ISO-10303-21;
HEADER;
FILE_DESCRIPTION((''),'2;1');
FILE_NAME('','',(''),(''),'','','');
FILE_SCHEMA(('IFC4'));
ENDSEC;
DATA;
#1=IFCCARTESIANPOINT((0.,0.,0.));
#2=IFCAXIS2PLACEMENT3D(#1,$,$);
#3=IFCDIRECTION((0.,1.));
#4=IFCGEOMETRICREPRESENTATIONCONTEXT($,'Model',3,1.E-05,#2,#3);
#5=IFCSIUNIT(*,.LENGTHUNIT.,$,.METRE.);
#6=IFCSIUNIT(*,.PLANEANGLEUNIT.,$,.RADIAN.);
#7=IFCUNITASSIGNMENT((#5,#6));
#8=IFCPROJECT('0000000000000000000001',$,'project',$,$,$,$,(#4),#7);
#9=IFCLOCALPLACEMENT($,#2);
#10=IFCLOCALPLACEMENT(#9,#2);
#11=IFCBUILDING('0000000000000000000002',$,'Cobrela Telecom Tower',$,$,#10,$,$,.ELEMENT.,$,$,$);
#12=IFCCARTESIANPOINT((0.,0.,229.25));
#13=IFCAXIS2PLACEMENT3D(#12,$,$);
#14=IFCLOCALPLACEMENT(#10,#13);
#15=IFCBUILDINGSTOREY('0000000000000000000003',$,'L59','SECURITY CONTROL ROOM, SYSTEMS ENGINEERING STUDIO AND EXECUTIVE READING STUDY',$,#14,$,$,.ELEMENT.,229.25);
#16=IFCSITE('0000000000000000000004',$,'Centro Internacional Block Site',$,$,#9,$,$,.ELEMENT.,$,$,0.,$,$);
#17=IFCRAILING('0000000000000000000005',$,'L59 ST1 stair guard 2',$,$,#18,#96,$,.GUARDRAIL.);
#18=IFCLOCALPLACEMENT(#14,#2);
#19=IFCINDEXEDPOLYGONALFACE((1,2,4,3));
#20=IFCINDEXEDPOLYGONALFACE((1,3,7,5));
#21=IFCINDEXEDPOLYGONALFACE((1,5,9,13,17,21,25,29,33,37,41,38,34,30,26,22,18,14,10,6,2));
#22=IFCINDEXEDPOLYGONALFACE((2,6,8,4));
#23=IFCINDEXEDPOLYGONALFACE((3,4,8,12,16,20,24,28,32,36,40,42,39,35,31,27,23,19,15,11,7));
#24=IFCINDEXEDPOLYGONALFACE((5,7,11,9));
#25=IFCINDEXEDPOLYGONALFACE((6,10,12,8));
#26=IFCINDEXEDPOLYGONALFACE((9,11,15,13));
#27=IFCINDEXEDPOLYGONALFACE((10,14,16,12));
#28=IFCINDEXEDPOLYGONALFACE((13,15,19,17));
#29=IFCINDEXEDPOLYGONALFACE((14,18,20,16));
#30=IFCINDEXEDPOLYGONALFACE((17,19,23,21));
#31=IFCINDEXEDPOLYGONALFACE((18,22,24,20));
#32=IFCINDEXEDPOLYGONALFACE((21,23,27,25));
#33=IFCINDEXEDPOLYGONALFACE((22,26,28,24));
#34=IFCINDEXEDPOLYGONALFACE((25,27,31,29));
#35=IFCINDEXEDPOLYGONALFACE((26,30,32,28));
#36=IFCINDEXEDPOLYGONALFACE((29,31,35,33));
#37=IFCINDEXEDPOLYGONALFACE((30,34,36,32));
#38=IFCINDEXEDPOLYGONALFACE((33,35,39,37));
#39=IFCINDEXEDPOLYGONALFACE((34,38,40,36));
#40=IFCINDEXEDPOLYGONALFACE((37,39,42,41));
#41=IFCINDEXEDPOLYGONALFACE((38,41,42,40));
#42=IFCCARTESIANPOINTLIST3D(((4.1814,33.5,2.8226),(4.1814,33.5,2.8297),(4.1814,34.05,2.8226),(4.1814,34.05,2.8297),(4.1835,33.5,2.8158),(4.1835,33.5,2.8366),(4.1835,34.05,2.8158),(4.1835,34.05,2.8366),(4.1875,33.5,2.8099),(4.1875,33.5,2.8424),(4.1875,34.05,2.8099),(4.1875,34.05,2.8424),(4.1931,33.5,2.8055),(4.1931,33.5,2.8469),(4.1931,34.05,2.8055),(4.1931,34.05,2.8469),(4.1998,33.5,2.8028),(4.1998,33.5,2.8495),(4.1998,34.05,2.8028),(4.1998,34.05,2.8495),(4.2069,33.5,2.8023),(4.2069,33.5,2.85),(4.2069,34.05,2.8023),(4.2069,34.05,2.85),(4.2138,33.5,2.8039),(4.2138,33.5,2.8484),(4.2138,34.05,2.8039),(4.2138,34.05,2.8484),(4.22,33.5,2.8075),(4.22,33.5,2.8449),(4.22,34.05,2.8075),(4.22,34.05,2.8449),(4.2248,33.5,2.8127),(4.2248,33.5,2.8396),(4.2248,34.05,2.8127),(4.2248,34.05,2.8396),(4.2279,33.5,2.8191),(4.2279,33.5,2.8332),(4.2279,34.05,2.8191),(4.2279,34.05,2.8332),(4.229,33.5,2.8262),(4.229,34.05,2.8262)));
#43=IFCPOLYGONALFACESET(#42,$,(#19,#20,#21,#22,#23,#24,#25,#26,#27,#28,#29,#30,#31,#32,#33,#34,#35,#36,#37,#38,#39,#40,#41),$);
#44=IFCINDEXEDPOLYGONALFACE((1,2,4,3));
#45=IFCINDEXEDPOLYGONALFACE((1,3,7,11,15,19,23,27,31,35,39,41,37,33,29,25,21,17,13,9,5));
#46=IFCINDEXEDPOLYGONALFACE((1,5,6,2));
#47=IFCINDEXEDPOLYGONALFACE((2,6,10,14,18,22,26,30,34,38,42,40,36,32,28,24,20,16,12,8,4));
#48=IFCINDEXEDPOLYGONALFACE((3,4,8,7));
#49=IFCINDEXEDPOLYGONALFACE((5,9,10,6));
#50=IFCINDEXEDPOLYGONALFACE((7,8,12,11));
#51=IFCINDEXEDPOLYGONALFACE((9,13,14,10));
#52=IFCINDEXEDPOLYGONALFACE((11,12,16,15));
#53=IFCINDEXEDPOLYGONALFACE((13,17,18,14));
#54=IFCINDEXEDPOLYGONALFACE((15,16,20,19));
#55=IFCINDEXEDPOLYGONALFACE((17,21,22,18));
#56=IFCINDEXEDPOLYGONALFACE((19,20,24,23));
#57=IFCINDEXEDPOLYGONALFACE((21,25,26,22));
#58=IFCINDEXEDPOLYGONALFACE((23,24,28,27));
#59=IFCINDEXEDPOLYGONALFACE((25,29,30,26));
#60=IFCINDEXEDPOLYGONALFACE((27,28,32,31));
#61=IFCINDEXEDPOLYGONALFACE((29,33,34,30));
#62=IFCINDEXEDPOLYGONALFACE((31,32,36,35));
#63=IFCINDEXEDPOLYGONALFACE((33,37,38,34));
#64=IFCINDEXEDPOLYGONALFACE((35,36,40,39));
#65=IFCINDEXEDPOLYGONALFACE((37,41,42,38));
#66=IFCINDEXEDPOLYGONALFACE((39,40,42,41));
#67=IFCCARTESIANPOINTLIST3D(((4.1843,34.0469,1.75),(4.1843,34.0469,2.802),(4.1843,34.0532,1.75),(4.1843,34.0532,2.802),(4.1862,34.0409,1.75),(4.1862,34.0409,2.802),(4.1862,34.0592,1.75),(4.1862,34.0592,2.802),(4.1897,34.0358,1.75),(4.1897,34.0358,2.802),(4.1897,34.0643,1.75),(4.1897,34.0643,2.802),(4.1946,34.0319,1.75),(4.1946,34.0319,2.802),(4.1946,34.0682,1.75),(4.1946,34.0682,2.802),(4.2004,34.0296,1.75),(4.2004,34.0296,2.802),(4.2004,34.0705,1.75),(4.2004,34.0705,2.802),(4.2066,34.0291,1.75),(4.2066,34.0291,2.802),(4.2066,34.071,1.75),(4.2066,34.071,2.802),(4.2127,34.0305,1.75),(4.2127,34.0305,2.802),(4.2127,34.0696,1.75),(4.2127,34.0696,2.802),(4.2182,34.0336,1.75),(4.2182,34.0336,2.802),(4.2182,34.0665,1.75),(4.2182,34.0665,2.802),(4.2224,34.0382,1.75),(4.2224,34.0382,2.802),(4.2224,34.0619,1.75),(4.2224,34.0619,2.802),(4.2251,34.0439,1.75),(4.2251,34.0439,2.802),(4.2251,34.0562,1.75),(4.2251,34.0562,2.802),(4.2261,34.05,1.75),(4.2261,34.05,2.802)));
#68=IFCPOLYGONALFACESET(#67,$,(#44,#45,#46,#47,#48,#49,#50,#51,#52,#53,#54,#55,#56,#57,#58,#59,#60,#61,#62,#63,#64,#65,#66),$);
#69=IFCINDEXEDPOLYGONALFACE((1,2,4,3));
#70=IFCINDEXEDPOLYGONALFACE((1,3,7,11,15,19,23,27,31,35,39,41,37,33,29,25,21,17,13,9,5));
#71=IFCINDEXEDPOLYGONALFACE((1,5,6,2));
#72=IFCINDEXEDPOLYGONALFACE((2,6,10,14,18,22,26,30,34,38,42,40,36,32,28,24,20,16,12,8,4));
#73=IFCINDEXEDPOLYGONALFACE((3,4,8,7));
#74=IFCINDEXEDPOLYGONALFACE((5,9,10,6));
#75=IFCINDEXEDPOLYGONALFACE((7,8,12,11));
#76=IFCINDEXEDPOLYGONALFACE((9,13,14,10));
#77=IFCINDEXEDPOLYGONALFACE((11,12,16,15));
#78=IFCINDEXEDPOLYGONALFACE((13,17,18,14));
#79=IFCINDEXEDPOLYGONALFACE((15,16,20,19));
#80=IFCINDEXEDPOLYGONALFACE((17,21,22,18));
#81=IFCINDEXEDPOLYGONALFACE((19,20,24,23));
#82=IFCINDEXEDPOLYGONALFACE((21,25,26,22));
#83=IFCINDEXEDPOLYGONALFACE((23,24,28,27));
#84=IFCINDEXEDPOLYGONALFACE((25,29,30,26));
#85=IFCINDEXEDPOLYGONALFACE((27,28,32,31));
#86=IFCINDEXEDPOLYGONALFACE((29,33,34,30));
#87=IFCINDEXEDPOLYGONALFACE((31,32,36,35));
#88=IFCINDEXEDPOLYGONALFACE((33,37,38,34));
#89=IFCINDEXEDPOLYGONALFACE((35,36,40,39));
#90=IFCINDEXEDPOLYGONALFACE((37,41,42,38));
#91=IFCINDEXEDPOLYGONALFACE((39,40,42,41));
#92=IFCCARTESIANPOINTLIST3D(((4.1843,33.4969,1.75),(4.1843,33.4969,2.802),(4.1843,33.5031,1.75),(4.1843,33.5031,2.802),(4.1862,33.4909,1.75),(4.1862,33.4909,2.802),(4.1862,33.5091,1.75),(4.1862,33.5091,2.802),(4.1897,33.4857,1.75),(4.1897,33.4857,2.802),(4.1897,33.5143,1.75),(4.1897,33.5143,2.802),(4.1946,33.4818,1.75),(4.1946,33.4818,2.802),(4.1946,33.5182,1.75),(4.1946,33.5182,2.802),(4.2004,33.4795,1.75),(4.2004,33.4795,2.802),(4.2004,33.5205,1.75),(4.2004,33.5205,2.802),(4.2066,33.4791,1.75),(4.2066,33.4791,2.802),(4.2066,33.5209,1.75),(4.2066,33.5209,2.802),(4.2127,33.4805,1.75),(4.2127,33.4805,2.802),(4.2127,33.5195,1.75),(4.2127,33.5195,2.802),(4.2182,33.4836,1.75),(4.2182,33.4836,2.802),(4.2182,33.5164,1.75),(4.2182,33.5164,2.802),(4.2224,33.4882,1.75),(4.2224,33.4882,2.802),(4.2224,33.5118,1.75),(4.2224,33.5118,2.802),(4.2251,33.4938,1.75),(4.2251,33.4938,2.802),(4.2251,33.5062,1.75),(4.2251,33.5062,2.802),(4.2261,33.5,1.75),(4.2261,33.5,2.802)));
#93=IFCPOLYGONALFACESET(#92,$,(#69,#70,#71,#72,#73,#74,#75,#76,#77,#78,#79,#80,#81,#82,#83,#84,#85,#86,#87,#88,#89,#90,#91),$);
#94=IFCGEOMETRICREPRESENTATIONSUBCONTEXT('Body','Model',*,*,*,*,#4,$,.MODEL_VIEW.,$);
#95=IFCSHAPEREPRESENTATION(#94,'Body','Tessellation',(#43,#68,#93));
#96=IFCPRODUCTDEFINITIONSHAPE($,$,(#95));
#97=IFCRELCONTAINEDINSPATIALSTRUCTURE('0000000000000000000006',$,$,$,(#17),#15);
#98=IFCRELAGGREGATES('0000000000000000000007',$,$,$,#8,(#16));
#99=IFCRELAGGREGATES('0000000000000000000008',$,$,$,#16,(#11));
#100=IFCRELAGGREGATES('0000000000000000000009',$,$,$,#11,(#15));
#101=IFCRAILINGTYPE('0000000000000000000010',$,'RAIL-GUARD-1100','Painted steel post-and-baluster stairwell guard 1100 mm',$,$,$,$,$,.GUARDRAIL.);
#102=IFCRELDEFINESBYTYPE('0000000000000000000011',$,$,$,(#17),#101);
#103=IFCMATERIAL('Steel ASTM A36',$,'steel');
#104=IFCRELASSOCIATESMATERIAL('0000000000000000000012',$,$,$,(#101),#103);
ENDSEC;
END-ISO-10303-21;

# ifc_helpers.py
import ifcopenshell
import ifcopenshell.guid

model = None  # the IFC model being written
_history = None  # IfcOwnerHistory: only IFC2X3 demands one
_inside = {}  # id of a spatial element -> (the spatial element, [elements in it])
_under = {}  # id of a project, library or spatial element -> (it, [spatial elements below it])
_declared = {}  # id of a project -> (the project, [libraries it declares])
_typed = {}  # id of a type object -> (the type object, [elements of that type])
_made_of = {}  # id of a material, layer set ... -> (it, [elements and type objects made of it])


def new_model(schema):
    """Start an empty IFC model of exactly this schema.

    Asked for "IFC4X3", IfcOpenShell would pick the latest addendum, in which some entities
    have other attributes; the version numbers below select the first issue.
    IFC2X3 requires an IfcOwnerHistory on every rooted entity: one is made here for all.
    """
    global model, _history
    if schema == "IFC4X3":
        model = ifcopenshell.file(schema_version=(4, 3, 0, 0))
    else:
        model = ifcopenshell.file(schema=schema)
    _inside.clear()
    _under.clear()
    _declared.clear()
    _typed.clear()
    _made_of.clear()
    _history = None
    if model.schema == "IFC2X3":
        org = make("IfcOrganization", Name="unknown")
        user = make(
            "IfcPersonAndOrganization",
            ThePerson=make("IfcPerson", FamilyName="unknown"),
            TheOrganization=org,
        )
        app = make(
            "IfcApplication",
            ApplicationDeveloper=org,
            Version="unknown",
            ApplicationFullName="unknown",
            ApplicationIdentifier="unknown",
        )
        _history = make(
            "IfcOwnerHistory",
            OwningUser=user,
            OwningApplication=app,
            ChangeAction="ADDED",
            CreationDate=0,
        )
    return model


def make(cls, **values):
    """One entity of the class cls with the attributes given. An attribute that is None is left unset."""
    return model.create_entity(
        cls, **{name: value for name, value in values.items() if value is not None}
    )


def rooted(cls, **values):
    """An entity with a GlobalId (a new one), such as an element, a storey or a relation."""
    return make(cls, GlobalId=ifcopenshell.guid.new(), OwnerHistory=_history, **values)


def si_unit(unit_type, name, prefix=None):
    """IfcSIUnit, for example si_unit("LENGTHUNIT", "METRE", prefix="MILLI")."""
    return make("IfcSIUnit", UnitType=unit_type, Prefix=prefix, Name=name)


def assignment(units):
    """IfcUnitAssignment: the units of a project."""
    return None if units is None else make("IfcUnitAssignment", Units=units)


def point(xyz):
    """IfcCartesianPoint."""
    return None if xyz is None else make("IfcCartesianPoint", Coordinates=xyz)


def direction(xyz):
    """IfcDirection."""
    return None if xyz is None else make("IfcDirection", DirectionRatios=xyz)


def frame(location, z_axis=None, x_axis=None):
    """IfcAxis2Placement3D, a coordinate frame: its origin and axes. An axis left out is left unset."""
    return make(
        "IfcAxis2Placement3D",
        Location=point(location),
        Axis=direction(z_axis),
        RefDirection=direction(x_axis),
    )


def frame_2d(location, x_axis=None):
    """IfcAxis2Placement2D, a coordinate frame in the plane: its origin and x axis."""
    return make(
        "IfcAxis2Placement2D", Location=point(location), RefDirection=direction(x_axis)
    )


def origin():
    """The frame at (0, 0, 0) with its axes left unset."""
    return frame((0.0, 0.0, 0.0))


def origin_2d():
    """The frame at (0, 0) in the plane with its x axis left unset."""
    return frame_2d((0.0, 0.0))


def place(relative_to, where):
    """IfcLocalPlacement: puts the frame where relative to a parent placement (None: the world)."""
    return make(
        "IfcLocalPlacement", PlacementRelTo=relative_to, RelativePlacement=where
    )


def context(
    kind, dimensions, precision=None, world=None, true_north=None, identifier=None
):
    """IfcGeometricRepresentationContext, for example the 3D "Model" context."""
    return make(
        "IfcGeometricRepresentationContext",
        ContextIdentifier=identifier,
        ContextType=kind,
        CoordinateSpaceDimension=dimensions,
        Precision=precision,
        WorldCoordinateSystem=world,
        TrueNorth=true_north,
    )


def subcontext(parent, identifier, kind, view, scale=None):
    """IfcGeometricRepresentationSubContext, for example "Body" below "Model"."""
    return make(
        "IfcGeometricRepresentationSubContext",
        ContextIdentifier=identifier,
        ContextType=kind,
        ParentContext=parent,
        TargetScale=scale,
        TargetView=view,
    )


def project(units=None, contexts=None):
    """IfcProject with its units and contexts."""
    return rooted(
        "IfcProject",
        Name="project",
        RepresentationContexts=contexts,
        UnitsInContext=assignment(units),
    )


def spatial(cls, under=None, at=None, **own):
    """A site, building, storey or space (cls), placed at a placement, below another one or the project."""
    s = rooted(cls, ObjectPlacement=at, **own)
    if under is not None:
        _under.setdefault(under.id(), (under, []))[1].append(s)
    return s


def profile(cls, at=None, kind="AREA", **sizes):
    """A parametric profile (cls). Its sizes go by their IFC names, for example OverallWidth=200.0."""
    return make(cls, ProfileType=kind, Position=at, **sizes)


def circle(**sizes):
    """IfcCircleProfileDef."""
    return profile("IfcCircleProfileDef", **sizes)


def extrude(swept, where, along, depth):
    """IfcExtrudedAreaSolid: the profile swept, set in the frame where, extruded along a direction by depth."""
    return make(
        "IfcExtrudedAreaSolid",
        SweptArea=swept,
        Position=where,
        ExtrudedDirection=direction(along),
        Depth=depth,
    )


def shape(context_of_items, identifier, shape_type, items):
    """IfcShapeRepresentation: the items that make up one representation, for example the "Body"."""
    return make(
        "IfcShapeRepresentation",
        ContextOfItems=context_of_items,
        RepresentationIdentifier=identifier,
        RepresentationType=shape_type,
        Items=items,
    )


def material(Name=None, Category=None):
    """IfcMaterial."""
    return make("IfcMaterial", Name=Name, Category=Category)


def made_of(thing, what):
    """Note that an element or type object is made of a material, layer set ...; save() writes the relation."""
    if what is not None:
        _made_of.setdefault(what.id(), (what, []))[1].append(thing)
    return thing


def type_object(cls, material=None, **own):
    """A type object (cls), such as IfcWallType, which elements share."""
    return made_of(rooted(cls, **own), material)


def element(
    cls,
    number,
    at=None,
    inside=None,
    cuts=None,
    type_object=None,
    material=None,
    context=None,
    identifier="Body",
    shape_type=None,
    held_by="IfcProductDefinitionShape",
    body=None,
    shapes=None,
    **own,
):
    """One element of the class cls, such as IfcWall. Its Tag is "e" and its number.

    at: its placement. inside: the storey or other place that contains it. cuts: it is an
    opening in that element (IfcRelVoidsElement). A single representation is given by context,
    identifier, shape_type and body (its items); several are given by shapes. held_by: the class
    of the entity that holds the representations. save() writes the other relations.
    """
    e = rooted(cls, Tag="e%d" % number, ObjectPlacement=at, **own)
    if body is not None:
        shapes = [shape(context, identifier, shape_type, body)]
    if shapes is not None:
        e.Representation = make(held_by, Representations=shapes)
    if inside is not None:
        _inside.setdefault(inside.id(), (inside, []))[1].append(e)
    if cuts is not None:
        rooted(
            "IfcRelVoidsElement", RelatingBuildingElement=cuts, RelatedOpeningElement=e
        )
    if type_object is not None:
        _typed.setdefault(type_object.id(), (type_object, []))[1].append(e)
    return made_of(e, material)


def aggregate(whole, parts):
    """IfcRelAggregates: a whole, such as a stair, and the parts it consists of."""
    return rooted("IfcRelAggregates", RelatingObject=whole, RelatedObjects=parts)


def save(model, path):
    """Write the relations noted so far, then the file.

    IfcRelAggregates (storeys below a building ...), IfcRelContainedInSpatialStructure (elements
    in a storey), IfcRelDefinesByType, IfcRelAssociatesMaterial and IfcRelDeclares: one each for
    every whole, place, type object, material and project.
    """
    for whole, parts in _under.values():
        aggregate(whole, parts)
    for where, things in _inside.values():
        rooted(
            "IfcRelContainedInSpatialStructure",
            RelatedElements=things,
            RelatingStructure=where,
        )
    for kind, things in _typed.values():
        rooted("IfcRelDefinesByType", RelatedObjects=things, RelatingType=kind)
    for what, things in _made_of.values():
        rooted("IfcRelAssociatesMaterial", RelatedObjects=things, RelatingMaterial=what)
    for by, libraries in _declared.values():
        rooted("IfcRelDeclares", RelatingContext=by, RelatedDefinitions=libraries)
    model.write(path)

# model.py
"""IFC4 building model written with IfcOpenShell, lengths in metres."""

from ifc_helpers import new_model, si_unit, direction, frame, origin, origin_2d, place, context, subcontext, project, spatial, circle, extrude, material, type_object, element, save


model = new_model("IFC4")

# Units and contexts
model_context = context("Model", 3, precision=1e-05, world=origin(), true_north=direction((0.0, 1.0)))
body_context = subcontext(model_context, "Body", "Model", "MODEL_VIEW")
ifc_project = project(units=[si_unit("LENGTHUNIT", "METRE"), si_unit("PLANEANGLEUNIT", "RADIAN")], contexts=[model_context])

# Site, building, storey
site_placement = place(None, origin())
site = spatial("IfcSite", under=ifc_project, at=site_placement, Name="Centro Internacional Block Site", CompositionType="ELEMENT", RefElevation=0.0)
building_placement = place(site_placement, origin())
building = spatial("IfcBuilding", under=site, at=building_placement, Name="Cobrela Telecom Tower", CompositionType="ELEMENT")
storey_placement = place(building_placement, frame((0.0, 0.0, 229.25)))
storey = spatial("IfcBuildingStorey", under=building, at=storey_placement, Name="L59", Description="SECURITY CONTROL ROOM, SYSTEMS ENGINEERING STUDIO AND EXECUTIVE READING STUDY", CompositionType="ELEMENT", Elevation=229.25)

# Shared definitions
ifc_material_1 = material(Name="Steel ASTM A36", Category="steel")

# Railing
railing_type_1 = type_object("IfcRailingType", Name="RAIL-GUARD-1100", Description="Painted steel post-and-baluster stairwell guard 1100 mm", PredefinedType="GUARDRAIL", material=ifc_material_1)
railing_1_placement = place(storey_placement, frame((4.2051, 34.05, 1.75)))
element("IfcRailing", 1, at=railing_1_placement, inside=storey, type_object=railing_type_1, Name="L59 ST1 stair guard 2", PredefinedType="GUARDRAIL", context=body_context, shape_type="SweptSolid", body=[
    extrude(circle(Radius=0.0239, at=origin_2d()), frame((0.0, 0.0, 1.0762), z_axis=(0.0, -1.0, 0.0), x_axis=(1.0, 0.0, 0.0)), (0.0, 0.0, 1.0), 0.55),
    extrude(circle(Radius=0.021, at=origin_2d()), origin(), (0.0, 0.0, 1.0), 1.052),
    extrude(circle(Radius=0.021, at=origin_2d()), frame((0.0, -0.55, 0.0)), (0.0, 0.0, 1.0), 1.052),
])

save(model, "model.ifc")
